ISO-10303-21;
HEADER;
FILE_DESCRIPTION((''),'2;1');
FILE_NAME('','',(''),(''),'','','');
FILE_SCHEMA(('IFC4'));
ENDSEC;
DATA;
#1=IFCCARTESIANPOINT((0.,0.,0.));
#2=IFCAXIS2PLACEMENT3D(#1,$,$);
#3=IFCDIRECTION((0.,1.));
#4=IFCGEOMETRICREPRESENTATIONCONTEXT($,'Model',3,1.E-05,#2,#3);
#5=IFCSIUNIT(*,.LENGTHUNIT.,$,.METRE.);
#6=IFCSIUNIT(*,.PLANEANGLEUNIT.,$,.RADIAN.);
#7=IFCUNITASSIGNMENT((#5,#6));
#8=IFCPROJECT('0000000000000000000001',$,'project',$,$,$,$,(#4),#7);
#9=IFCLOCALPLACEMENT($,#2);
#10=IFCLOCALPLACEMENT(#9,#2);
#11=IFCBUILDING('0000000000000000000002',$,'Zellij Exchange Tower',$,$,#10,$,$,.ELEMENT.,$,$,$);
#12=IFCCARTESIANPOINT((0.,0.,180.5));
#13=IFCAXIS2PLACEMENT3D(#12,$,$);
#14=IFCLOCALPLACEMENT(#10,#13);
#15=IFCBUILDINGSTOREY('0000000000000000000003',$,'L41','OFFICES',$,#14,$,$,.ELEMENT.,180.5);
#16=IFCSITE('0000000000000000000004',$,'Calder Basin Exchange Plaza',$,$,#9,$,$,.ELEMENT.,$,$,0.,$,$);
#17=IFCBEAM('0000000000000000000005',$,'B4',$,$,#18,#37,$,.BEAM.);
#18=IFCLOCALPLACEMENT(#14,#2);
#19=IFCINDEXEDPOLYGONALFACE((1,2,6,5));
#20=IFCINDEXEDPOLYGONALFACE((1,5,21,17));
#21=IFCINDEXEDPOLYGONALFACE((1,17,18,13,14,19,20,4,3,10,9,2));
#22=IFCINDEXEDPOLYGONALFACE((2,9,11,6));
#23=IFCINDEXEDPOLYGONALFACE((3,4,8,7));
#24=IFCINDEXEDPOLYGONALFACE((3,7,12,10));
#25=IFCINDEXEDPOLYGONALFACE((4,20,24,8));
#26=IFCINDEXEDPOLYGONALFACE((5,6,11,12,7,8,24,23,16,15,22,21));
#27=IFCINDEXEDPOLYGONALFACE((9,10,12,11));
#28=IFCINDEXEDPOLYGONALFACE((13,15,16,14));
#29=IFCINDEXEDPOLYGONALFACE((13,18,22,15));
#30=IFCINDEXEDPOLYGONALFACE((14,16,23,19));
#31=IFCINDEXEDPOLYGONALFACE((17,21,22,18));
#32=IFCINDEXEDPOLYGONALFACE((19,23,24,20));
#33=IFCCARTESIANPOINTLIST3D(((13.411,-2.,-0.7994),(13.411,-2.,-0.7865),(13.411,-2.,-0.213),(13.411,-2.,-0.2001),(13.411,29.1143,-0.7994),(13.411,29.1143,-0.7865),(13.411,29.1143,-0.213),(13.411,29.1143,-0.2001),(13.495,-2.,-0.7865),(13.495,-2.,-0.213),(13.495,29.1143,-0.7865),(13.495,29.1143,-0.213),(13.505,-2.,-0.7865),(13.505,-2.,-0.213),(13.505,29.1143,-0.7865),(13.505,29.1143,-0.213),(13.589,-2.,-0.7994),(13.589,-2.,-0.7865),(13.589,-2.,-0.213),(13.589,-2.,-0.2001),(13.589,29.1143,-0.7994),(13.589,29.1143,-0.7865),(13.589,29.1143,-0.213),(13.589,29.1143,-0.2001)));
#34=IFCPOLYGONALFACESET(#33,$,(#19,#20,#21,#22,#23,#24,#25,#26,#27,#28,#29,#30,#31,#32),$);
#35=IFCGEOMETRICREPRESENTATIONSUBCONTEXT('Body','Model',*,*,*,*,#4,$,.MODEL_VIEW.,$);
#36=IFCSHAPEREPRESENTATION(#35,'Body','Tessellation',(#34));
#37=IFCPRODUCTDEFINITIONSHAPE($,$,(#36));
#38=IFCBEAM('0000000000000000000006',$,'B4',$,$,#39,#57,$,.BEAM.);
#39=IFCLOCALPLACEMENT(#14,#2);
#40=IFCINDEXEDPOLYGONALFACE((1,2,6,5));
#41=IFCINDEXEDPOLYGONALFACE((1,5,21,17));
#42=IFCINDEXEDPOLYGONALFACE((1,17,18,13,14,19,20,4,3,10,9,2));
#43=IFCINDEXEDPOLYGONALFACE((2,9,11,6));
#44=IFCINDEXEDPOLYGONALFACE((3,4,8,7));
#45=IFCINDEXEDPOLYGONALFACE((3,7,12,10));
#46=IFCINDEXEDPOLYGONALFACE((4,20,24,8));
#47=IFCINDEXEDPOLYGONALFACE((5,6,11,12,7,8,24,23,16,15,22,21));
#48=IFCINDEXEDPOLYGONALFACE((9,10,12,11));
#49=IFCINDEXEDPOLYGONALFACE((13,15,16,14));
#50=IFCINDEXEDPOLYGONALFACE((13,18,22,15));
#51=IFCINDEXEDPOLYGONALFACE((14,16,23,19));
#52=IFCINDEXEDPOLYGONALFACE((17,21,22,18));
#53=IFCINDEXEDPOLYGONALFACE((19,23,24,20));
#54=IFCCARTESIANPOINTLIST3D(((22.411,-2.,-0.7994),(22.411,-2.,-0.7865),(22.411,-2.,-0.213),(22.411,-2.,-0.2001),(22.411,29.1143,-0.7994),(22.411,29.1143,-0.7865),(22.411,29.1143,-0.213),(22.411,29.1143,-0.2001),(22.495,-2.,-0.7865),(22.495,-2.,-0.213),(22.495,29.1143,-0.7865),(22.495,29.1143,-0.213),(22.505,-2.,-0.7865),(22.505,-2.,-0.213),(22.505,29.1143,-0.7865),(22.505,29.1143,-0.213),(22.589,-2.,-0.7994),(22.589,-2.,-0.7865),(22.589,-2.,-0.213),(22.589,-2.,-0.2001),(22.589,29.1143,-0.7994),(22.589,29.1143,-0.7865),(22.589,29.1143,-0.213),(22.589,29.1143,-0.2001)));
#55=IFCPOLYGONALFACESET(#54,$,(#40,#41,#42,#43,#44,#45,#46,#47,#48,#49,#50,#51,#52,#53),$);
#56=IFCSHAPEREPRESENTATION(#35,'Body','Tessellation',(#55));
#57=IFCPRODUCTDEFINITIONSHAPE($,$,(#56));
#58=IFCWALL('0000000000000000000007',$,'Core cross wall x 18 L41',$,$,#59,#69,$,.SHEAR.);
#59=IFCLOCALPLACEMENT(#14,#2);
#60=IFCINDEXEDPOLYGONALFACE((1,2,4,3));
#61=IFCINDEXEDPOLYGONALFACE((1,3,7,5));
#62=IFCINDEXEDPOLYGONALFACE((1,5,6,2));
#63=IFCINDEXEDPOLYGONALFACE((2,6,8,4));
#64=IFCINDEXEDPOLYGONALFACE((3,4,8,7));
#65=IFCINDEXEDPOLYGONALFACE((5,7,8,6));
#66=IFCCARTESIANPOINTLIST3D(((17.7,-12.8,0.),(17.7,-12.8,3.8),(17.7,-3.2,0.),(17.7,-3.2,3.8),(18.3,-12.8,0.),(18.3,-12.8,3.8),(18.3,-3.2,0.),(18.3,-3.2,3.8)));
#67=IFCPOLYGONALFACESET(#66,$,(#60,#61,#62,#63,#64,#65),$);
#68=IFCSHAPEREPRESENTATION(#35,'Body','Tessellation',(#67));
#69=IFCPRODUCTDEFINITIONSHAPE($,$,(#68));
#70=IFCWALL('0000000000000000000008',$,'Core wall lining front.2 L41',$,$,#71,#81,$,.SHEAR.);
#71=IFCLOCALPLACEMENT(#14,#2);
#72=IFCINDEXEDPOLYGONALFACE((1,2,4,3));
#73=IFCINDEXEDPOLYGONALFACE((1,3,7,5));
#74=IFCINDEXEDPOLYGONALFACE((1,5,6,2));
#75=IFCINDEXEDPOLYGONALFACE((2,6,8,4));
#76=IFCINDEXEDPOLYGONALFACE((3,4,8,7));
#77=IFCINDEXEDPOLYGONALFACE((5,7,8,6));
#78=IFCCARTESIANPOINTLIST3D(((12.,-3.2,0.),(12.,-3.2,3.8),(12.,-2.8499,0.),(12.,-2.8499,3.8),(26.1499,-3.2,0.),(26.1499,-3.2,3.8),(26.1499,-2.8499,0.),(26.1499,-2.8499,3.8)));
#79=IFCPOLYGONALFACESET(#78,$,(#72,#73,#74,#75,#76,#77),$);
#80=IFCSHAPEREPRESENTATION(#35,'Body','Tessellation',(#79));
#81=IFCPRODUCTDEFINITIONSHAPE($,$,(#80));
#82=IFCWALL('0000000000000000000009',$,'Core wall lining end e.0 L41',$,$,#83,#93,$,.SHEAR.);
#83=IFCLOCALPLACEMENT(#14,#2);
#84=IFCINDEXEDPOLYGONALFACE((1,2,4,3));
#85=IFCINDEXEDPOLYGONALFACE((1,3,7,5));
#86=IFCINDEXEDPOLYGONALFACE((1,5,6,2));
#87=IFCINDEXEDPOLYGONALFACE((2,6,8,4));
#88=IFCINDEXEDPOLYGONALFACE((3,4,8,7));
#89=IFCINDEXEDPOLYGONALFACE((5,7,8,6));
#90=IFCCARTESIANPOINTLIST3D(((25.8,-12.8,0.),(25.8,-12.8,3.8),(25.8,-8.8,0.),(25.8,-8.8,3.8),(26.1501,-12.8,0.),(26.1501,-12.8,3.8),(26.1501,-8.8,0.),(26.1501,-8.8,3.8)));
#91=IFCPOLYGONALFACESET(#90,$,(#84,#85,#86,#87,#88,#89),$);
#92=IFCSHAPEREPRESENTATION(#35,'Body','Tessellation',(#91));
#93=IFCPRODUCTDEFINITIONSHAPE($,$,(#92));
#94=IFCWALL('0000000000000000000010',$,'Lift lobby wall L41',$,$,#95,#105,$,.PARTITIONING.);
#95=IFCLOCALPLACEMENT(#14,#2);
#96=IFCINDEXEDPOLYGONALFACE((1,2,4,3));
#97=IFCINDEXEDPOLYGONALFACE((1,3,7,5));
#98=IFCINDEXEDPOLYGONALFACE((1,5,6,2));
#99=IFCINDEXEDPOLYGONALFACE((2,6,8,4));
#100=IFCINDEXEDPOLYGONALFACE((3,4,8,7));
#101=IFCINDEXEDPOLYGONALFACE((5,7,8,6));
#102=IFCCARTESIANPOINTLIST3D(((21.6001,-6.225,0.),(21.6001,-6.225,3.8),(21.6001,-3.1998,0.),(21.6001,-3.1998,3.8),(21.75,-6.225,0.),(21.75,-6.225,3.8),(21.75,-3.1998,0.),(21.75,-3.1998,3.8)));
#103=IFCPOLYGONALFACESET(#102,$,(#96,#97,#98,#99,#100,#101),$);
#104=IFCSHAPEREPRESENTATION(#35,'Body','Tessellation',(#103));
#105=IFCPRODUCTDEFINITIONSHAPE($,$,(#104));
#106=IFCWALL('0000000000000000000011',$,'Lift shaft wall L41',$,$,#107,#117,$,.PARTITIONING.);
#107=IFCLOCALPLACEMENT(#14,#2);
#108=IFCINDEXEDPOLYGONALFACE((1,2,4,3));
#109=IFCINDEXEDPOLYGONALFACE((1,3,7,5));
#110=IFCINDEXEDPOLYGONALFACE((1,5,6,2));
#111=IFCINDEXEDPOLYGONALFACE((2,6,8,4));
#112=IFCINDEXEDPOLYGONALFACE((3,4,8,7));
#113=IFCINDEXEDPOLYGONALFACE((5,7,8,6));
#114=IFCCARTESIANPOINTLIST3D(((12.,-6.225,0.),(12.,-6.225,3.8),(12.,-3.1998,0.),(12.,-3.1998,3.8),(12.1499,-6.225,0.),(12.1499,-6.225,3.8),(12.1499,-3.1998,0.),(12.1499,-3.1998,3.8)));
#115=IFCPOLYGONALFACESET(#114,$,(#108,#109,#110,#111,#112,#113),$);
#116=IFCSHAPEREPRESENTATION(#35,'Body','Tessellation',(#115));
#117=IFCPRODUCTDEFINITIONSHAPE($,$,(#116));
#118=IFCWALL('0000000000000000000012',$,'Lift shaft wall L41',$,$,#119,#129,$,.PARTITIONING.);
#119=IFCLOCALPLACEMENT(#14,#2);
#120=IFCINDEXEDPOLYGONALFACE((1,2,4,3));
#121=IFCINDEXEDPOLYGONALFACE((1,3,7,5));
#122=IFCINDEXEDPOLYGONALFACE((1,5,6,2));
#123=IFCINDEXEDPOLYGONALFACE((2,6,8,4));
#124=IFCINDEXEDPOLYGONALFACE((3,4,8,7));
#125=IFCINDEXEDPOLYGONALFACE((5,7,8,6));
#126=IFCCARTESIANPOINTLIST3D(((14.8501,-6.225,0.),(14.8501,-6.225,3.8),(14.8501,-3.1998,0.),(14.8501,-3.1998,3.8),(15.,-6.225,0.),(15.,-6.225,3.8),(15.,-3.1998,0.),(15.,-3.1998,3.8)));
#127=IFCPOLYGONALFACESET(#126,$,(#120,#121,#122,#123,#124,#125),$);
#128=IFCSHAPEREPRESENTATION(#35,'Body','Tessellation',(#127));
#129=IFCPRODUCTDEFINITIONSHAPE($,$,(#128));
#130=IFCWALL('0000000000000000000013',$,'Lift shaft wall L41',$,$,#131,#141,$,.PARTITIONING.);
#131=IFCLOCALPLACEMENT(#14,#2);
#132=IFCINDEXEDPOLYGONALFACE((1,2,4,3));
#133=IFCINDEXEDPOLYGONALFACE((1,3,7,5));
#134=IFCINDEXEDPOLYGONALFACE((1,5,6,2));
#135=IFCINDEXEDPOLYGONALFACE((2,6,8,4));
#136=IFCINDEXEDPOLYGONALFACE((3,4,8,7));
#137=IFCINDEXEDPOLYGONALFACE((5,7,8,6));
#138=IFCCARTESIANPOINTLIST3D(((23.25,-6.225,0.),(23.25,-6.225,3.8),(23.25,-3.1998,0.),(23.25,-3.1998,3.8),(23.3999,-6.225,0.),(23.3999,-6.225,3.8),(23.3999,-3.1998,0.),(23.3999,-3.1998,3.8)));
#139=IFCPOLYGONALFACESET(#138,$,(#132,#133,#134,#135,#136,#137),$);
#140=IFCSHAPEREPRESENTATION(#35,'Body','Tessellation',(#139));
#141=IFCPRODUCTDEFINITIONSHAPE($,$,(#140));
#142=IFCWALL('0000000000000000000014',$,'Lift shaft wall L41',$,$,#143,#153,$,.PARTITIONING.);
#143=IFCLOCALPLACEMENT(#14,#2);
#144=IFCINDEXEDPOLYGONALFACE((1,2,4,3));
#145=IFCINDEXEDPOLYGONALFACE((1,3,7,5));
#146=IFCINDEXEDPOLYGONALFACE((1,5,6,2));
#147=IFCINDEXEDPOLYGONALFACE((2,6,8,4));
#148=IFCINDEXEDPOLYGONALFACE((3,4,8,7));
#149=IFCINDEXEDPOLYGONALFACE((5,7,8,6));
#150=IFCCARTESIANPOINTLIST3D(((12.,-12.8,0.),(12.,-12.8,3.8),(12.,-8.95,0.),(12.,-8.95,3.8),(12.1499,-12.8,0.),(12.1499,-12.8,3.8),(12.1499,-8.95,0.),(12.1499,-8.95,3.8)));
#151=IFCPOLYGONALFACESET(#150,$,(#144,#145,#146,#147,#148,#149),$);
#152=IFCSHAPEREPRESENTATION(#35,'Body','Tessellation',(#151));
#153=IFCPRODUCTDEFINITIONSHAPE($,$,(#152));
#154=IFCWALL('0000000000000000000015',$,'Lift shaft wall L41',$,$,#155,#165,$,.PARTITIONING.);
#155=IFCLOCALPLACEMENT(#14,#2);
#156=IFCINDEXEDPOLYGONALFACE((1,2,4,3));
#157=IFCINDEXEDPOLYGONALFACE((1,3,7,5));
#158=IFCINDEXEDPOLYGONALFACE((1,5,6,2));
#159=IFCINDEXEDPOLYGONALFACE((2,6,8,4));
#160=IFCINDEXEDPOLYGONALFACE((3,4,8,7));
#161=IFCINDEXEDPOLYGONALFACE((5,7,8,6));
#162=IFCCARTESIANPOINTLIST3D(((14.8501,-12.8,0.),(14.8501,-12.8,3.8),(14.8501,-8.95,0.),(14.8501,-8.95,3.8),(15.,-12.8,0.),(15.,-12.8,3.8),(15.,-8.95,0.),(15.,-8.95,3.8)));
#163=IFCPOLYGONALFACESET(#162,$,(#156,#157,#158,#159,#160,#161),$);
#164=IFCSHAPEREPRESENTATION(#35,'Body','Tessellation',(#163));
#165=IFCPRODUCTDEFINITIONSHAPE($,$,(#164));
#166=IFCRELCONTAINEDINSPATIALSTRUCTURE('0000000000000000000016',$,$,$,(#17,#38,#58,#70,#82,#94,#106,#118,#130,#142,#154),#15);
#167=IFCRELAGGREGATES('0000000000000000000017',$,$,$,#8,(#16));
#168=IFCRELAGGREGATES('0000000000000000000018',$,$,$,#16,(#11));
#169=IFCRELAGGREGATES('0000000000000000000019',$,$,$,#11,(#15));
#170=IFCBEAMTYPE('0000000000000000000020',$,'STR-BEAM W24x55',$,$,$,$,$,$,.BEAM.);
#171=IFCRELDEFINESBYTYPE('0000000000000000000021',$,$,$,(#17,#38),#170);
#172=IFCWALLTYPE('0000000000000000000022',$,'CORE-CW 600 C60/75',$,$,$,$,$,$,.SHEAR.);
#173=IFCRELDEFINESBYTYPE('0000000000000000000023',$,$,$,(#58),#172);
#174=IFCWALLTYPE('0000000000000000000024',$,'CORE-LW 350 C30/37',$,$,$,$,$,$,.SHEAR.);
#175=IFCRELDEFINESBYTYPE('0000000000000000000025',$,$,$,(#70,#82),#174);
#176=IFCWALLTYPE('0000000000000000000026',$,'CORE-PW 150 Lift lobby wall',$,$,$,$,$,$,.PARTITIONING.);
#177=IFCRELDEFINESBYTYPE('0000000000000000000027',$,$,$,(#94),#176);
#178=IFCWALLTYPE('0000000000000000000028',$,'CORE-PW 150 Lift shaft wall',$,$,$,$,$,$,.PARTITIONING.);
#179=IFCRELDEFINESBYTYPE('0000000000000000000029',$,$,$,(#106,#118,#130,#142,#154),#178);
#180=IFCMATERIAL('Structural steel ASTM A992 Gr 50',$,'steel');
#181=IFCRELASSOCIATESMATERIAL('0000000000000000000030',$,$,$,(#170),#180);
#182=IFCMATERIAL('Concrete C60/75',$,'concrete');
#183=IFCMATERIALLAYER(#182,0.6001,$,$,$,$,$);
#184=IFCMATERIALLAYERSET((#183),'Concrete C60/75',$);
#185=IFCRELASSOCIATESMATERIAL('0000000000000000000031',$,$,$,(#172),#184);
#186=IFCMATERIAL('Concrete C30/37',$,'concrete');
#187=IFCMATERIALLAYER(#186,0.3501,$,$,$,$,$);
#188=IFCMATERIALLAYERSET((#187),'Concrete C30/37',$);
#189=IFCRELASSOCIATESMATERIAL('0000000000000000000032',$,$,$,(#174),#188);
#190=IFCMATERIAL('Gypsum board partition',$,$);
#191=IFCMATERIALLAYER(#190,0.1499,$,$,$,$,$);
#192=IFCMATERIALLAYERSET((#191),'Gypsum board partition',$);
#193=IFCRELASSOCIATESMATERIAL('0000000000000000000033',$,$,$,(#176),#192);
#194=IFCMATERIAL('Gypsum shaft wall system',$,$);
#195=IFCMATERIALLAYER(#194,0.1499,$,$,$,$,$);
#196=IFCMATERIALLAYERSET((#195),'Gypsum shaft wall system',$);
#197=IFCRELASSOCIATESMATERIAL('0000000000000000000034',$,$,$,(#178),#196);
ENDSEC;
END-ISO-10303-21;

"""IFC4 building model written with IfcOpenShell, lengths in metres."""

from ifc_helpers import new_model, si_unit, direction, frame, frame_2d, origin, origin_2d, place, context, subcontext, project, spatial, rectangle, i_section, extrude, material, layer, layer_set, material_profile, profile_set, type_object, element, save


model = new_model("IFC4")

# Units and contexts
model_context = context("Model", 3, precision=1e-05, world=origin(), true_north=direction((0.0, 1.0)))
body_context = subcontext(model_context, "Body", "Model", "MODEL_VIEW")
ifc_project = project(units=[si_unit("LENGTHUNIT", "METRE"), si_unit("PLANEANGLEUNIT", "RADIAN")], contexts=[model_context])

# Site, building, storey
site_placement = place(None, origin())
site = spatial("IfcSite", under=ifc_project, at=site_placement, Name="Calder Basin Exchange Plaza", CompositionType="ELEMENT", RefElevation=0.0)
building_placement = place(site_placement, origin())
building = spatial("IfcBuilding", under=site, at=building_placement, Name="Zellij Exchange Tower", CompositionType="ELEMENT")
storey_placement = place(building_placement, frame((0.0, 0.0, 180.5)))
storey = spatial("IfcBuildingStorey", under=building, at=storey_placement, Name="L41", Description="OFFICES", CompositionType="ELEMENT", Elevation=180.5)

# Beams
ifc_material_1 = material(Name="Structural steel ASTM A992 Gr 50", Category="steel")
ifc_material_profile = material_profile(ifc_material_1, i_section(OverallWidth=0.178, OverallDepth=0.5994, WebThickness=0.01, FlangeThickness=0.0129, at=origin_2d()), Name="W24x55")
ifc_profile_set = profile_set([ifc_material_profile], Name="Structural steel ASTM A992 Gr 50")
beam_type = type_object("IfcBeamType", Name="STR-BEAM W24x55", PredefinedType="BEAM", material=ifc_profile_set)
for number, where, z_axis, x_axis, name in (
    (1, (13.5, -2.0, -0.4998), (0.0, 1.0, 0.0), (-1.0, 0.0, 0.0), "B4"),
    (2, (22.5, -2.0, -0.4998), (0.0, 1.0, 0.0), (-1.0, 0.0, 0.0), "B4"),
):
    element("IfcBeam", number, at=place(storey_placement, frame(where, z_axis=z_axis, x_axis=x_axis)), inside=storey, type_object=beam_type, Name=name, PredefinedType="BEAM", context=body_context, shape_type="SweptSolid", body=[
        extrude(i_section(OverallWidth=0.178, OverallDepth=0.5994, WebThickness=0.01, FlangeThickness=0.0129, at=origin_2d()), origin(), (0.0, 0.0, 1.0), 31.1143),
    ])

# Walls
ifc_material_2 = material(Name="Concrete C60/75", Category="concrete")
ifc_layer_1 = layer(ifc_material_2, 0.6001)
ifc_layer_set_1 = layer_set([ifc_layer_1], Name="Concrete C60/75")
wall_type_1 = type_object("IfcWallType", Name="CORE-CW 600 C60/75", PredefinedType="SHEAR", material=ifc_layer_set_1)
wall_1_placement = place(storey_placement, frame((18.0, -12.8, 0.0), z_axis=(0.0, 0.0, 1.0), x_axis=(0.0, 1.0, 0.0)))
element("IfcWall", 3, at=wall_1_placement, inside=storey, type_object=wall_type_1, Name="Core cross wall x 18 L41", PredefinedType="SHEAR", context=body_context, shape_type="SweptSolid", body=[
    extrude(rectangle(XDim=9.6001, YDim=0.6001, at=frame_2d((4.8, 0.0))), origin(), (0.0, 0.0, 1.0), 3.8),
])
ifc_material_3 = material(Name="Concrete C30/37", Category="concrete")
ifc_layer_2 = layer(ifc_material_3, 0.3501)
ifc_layer_set_2 = layer_set([ifc_layer_2], Name="Concrete C30/37")
wall_type_2 = type_object("IfcWallType", Name="CORE-LW 350 C30/37", PredefinedType="SHEAR", material=ifc_layer_set_2)
wall_2_placement = place(storey_placement, frame((12.0, -3.0249, 0.0), z_axis=(0.0, 0.0, 1.0), x_axis=(1.0, 0.0, 0.0)))
element("IfcWall", 4, at=wall_2_placement, inside=storey, type_object=wall_type_2, Name="Core wall lining front.2 L41", PredefinedType="SHEAR", context=body_context, shape_type="SweptSolid", body=[
    extrude(rectangle(XDim=14.1499, YDim=0.3501, at=frame_2d((7.075, 0.0))), origin(), (0.0, 0.0, 1.0), 3.8),
])
wall_3_placement = place(storey_placement, frame((25.9751, -12.8, 0.0), z_axis=(0.0, 0.0, 1.0), x_axis=(0.0, 1.0, 0.0)))
element("IfcWall", 5, at=wall_3_placement, inside=storey, type_object=wall_type_2, Name="Core wall lining end e.0 L41", PredefinedType="SHEAR", context=body_context, shape_type="SweptSolid", body=[
    extrude(rectangle(XDim=4.0, YDim=0.3501, at=frame_2d((2.0, 0.0))), origin(), (0.0, 0.0, 1.0), 3.8),
])
ifc_material_4 = material(Name="Gypsum board partition")
ifc_layer_3 = layer(ifc_material_4, 0.1499)
ifc_layer_set_3 = layer_set([ifc_layer_3], Name="Gypsum board partition")
wall_type_3 = type_object("IfcWallType", Name="CORE-PW 150 Lift lobby wall", PredefinedType="PARTITIONING", material=ifc_layer_set_3)
wall_4_placement = place(storey_placement, frame((21.675, -6.2251, 0.0), z_axis=(0.0, 0.0, 1.0), x_axis=(0.0, 1.0, 0.0)))
element("IfcWall", 6, at=wall_4_placement, inside=storey, type_object=wall_type_3, Name="Lift lobby wall L41", PredefinedType="PARTITIONING", context=body_context, shape_type="SweptSolid", body=[
    extrude(rectangle(XDim=3.0251, YDim=0.1499, at=frame_2d((1.5127, 0.0))), origin(), (0.0, 0.0, 1.0), 3.8),
])
ifc_material_5 = material(Name="Gypsum shaft wall system")
ifc_layer_4 = layer(ifc_material_5, 0.1499)
ifc_layer_set_4 = layer_set([ifc_layer_4], Name="Gypsum shaft wall system")
wall_type_4 = type_object("IfcWallType", Name="CORE-PW 150 Lift shaft wall", PredefinedType="PARTITIONING", material=ifc_layer_set_4)
for number, where, z_axis, x_axis, name in (
    (7, (12.075, -6.2251, 0.0), (0.0, 0.0, 1.0), (0.0, 1.0, 0.0), "Lift shaft wall L41"),
    (8, (14.925, -6.2251, 0.0), (0.0, 0.0, 1.0), (0.0, 1.0, 0.0), "Lift shaft wall L41"),
    (9, (23.325, -6.2251, 0.0), (0.0, 0.0, 1.0), (0.0, 1.0, 0.0), "Lift shaft wall L41"),
):
    element("IfcWall", number, at=place(storey_placement, frame(where, z_axis=z_axis, x_axis=x_axis)), inside=storey, type_object=wall_type_4, Name=name, PredefinedType="PARTITIONING", context=body_context, shape_type="SweptSolid", body=[
        extrude(rectangle(XDim=3.0251, YDim=0.1499, at=frame_2d((1.5127, 0.0))), origin(), (0.0, 0.0, 1.0), 3.8),
    ])
for number, where, z_axis, x_axis, name in (
    (10, (12.075, -12.8, 0.0), (0.0, 0.0, 1.0), (0.0, 1.0, 0.0), "Lift shaft wall L41"),
    (11, (14.925, -12.8, 0.0), (0.0, 0.0, 1.0), (0.0, 1.0, 0.0), "Lift shaft wall L41"),
):
    element("IfcWall", number, at=place(storey_placement, frame(where, z_axis=z_axis, x_axis=x_axis)), inside=storey, type_object=wall_type_4, Name=name, PredefinedType="PARTITIONING", context=body_context, shape_type="SweptSolid", body=[
        extrude(rectangle(XDim=3.8501, YDim=0.1499, at=frame_2d((1.925, 0.0))), origin(), (0.0, 0.0, 1.0), 3.8),
    ])

save(model, "model.ifc")
